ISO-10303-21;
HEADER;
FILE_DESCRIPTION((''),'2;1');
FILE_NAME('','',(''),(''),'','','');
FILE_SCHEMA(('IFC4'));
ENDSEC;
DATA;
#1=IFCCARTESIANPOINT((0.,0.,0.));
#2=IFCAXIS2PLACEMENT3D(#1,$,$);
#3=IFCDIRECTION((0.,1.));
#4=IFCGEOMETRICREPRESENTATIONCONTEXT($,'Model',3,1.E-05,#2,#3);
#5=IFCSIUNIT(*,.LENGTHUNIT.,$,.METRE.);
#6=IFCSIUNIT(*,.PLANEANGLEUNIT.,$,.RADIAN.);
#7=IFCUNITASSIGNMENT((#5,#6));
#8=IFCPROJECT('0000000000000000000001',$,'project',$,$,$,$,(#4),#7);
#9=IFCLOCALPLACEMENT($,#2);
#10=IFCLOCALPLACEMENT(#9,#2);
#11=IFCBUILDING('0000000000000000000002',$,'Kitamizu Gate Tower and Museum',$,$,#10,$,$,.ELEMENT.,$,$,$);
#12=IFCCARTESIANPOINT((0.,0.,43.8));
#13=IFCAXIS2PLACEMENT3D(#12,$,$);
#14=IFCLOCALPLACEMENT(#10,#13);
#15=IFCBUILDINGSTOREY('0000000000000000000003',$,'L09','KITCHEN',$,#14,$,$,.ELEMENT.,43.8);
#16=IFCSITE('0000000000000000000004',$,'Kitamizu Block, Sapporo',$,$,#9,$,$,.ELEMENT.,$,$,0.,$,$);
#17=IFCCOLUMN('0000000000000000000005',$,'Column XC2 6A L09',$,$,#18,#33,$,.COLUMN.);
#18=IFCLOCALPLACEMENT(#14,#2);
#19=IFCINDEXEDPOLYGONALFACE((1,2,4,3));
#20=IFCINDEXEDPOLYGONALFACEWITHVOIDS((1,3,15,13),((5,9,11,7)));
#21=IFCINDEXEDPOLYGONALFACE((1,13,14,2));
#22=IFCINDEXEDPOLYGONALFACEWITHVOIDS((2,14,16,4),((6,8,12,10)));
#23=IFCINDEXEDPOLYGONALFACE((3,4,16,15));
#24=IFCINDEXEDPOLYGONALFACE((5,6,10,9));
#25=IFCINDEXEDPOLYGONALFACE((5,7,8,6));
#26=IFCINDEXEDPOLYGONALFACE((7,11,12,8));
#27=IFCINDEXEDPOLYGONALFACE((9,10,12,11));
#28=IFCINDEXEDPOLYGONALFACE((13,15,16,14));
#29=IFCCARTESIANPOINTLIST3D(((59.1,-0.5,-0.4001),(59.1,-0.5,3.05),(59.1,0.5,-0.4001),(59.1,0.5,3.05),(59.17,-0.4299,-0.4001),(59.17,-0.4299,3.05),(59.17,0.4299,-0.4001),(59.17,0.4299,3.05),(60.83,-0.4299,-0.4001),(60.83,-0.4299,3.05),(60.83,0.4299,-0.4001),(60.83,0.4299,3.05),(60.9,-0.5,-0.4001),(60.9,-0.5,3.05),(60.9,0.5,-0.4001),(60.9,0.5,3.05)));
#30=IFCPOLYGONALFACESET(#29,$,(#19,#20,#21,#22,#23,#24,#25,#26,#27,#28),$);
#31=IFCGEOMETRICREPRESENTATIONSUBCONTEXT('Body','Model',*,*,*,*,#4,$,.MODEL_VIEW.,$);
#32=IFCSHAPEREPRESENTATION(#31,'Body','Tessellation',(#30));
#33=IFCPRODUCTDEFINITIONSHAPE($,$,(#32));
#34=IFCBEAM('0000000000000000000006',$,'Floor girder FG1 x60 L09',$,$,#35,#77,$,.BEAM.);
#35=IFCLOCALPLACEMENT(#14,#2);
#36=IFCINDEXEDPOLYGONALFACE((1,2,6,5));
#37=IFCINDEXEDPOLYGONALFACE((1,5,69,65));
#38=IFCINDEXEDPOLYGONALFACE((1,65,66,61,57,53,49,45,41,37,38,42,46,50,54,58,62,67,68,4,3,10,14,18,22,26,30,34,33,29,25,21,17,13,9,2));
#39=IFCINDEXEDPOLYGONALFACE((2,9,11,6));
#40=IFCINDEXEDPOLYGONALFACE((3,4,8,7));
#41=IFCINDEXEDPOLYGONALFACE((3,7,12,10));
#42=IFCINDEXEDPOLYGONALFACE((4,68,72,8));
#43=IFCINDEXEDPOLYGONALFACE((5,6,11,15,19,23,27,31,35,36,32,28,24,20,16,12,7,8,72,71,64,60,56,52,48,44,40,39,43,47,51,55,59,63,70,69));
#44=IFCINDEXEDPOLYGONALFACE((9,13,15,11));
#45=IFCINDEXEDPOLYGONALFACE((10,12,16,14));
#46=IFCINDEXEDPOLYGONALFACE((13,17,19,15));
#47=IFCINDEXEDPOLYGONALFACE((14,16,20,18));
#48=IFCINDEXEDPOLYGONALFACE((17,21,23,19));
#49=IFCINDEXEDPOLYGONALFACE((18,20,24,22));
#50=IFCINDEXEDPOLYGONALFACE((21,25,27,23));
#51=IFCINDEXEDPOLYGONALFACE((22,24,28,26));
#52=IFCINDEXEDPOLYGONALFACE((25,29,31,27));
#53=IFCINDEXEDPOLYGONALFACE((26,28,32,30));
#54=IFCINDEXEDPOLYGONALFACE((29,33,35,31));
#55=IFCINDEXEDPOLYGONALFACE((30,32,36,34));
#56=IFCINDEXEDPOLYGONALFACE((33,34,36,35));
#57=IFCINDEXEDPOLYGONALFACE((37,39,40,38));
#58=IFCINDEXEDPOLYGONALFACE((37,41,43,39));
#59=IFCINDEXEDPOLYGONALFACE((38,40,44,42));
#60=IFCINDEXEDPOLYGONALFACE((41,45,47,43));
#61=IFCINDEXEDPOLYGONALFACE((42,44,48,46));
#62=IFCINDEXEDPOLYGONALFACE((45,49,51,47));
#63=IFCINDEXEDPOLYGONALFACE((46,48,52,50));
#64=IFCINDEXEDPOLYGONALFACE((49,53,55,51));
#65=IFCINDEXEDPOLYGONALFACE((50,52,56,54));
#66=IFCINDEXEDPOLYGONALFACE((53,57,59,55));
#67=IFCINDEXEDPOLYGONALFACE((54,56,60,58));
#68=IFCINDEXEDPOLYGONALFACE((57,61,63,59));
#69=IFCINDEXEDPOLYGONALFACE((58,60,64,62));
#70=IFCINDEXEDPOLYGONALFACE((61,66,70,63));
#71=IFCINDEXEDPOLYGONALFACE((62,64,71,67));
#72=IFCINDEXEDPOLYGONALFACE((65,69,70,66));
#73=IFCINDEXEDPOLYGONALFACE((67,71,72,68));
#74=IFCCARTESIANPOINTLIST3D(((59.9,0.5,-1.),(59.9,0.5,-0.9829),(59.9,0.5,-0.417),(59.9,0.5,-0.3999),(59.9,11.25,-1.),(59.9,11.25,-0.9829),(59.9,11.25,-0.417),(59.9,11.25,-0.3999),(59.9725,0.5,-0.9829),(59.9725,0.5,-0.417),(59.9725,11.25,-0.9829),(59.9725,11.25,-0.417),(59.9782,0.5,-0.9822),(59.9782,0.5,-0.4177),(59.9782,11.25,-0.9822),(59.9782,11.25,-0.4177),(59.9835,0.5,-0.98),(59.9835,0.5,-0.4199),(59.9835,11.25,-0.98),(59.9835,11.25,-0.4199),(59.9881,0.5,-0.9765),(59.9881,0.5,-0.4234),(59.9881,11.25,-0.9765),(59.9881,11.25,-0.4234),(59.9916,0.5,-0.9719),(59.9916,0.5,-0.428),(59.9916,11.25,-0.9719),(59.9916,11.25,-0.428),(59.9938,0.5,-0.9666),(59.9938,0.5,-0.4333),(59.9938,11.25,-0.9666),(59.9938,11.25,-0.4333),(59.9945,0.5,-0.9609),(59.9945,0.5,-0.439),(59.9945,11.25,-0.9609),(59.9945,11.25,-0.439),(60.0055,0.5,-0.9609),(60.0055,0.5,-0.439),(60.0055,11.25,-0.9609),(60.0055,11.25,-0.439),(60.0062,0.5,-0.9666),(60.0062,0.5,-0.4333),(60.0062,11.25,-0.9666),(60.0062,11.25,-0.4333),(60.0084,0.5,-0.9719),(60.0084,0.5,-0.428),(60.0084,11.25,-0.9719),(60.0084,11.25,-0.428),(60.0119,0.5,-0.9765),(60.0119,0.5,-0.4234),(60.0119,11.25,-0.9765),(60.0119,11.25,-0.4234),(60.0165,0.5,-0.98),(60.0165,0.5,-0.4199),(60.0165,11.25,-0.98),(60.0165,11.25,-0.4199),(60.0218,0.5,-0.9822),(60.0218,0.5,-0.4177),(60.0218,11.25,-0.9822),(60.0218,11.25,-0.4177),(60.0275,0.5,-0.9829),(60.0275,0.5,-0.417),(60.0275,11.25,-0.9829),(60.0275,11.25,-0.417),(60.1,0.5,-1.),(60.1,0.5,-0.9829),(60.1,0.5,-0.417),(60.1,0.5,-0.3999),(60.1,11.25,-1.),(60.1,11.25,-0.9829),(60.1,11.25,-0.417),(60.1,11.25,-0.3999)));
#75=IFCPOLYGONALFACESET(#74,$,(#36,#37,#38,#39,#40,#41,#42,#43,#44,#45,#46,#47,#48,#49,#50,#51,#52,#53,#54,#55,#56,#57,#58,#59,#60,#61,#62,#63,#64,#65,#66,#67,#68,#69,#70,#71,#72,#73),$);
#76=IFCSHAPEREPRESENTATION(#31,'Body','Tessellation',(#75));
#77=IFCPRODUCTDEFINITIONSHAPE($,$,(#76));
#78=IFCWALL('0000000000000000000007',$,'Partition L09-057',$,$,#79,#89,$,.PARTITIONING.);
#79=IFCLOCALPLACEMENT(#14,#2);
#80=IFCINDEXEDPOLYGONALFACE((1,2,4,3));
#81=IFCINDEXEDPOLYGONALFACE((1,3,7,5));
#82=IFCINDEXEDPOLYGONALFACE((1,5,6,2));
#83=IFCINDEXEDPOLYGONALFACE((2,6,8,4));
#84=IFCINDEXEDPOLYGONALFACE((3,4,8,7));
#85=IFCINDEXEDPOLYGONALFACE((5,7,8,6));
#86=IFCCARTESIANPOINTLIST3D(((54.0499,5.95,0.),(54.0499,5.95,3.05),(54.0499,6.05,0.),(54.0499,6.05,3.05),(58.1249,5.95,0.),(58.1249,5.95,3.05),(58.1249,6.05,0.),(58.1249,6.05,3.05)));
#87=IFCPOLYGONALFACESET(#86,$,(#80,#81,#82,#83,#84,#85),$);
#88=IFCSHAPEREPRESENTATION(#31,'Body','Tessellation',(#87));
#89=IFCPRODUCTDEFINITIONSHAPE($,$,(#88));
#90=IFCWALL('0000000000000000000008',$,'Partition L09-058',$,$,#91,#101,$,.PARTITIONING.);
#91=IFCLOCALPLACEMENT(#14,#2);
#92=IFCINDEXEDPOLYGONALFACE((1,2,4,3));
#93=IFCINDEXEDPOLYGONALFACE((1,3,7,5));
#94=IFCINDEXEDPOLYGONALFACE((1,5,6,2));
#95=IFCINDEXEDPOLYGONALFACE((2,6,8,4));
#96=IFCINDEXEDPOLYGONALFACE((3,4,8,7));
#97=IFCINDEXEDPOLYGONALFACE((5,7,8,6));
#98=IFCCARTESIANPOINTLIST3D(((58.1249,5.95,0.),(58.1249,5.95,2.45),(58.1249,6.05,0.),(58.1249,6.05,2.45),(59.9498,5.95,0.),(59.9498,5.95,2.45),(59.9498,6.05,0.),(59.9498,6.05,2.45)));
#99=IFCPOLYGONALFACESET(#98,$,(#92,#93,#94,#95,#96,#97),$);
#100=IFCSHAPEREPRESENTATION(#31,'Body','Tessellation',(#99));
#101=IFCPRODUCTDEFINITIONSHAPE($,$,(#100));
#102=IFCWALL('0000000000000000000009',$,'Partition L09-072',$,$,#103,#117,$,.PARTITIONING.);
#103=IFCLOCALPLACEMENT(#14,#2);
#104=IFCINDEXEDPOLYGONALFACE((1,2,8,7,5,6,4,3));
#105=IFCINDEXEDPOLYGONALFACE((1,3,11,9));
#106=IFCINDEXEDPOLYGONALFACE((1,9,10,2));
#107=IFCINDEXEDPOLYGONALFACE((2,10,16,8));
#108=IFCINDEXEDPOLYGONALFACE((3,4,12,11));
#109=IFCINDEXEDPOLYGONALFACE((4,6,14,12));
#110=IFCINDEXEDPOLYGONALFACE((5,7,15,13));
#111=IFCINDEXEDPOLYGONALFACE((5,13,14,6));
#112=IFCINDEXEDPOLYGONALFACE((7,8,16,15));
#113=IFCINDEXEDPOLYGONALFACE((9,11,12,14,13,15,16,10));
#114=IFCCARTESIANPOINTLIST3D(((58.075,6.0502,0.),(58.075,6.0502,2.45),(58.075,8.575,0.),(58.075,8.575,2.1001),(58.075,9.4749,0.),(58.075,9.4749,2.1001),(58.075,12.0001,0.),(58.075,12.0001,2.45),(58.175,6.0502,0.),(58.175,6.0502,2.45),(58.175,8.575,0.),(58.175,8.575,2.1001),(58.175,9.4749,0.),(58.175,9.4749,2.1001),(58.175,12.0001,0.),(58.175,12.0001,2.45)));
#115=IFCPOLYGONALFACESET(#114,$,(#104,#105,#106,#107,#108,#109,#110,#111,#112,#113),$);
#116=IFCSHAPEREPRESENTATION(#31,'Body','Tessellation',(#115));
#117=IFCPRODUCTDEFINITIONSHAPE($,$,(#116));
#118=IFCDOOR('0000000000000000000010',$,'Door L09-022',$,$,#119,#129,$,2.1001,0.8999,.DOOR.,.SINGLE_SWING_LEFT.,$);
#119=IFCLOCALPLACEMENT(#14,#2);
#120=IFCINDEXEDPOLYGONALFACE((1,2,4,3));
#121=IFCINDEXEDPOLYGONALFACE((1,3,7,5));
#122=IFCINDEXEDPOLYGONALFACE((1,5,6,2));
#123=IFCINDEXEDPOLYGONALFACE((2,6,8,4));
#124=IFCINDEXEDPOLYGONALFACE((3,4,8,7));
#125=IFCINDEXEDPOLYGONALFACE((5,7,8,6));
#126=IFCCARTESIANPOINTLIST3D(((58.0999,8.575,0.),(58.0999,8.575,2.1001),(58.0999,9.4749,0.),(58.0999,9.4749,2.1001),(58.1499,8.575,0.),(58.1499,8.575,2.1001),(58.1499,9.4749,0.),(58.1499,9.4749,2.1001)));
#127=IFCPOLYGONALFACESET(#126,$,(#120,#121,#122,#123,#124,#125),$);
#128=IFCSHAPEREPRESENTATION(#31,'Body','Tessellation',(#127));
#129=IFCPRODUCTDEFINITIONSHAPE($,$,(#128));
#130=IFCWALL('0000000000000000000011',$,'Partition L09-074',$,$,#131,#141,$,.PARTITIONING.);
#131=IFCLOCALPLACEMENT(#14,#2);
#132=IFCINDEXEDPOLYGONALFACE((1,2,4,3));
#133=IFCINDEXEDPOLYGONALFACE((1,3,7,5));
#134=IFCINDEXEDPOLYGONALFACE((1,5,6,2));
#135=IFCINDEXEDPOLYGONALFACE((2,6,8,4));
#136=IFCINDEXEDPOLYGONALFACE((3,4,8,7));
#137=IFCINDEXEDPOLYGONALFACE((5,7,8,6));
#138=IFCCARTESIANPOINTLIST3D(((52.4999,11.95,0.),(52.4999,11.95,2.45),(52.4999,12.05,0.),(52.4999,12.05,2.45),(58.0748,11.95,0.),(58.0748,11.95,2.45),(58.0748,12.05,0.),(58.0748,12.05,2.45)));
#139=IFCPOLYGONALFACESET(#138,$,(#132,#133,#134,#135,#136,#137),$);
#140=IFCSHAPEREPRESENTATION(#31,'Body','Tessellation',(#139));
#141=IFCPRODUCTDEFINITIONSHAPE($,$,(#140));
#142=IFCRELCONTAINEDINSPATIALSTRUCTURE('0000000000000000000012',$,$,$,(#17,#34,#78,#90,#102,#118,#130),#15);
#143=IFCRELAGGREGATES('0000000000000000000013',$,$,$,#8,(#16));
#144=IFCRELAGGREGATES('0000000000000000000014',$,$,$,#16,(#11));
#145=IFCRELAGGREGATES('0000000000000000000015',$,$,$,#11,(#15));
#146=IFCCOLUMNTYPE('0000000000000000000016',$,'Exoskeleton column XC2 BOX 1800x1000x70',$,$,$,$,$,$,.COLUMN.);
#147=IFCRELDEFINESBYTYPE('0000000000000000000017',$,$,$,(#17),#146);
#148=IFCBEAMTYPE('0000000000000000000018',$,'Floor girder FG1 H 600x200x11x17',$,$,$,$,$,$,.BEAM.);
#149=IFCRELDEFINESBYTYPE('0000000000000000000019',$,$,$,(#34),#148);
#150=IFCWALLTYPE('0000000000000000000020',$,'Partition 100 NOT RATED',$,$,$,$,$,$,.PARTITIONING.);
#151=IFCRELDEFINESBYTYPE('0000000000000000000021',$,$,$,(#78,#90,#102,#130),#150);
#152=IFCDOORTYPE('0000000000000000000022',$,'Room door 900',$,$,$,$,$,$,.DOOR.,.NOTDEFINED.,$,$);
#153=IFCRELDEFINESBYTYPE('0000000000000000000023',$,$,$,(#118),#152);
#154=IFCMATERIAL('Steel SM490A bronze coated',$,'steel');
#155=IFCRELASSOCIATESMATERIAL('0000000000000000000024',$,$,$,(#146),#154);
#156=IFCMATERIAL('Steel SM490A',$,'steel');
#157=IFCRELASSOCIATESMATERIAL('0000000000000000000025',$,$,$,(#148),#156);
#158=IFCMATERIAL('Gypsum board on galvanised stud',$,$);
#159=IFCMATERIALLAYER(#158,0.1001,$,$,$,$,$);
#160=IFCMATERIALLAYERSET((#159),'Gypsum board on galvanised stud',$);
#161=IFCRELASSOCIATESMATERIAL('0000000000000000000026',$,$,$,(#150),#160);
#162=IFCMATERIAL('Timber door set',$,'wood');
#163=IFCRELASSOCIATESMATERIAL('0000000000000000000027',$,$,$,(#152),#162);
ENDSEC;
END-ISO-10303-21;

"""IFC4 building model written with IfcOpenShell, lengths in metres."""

from ifc_helpers import new_model, si_unit, direction, frame, frame_2d, origin, origin_2d, place, context, subcontext, project, spatial, rectangle, hollow_rectangle, i_section, extrude, material, layer, layer_set, material_profile, profile_set, type_object, element, fill, save


model = new_model("IFC4")

# Units and contexts
model_context = context("Model", 3, precision=1e-05, world=origin(), true_north=direction((0.0, 1.0)))
body_context = subcontext(model_context, "Body", "Model", "MODEL_VIEW")
ifc_project = project(units=[si_unit("LENGTHUNIT", "METRE"), si_unit("PLANEANGLEUNIT", "RADIAN")], contexts=[model_context])

# Site, building, storey
site_placement = place(None, origin())
site = spatial("IfcSite", under=ifc_project, at=site_placement, Name="Kitamizu Block, Sapporo", CompositionType="ELEMENT", RefElevation=0.0)
building_placement = place(site_placement, origin())
building = spatial("IfcBuilding", under=site, at=building_placement, Name="Kitamizu Gate Tower and Museum", CompositionType="ELEMENT")
storey_placement = place(building_placement, frame((0.0, 0.0, 43.8)))
storey = spatial("IfcBuildingStorey", under=building, at=storey_placement, Name="L09", Description="KITCHEN", CompositionType="ELEMENT", Elevation=43.8)

# Column
ifc_material_1 = material(Name="Steel SM490A bronze coated", Category="steel")
ifc_material_profile_1 = material_profile(ifc_material_1, hollow_rectangle(XDim=1.8, YDim=1.0, WallThickness=0.0701, at=origin_2d()), Name="BOX 1800x1000x70")
ifc_profile_set_1 = profile_set([ifc_material_profile_1], Name="Steel SM490A bronze coated")
column_type = type_object("IfcColumnType", Name="Exoskeleton column XC2 BOX 1800x1000x70", PredefinedType="COLUMN", material=ifc_profile_set_1)
column_placement = place(storey_placement, frame((60.0, 0.0, -0.4001), z_axis=(0.0, 0.0, 1.0), x_axis=(1.0, 0.0, 0.0)))
element("IfcColumn", 1, at=column_placement, inside=storey, type_object=column_type, Name="Column XC2 6A L09", PredefinedType="COLUMN", context=body_context, shape_type="SweptSolid", body=[
    extrude(hollow_rectangle(XDim=1.8, YDim=1.0, WallThickness=0.0701, at=origin_2d()), origin(), (0.0, 0.0, 1.0), 3.4502),
])

# Beam
ifc_material_2 = material(Name="Steel SM490A", Category="steel")
ifc_material_profile_2 = material_profile(ifc_material_2, i_section(OverallWidth=0.2, OverallDepth=0.6001, WebThickness=0.011, FlangeThickness=0.0171, FilletRadius=0.022, at=origin_2d()), Name="H-600x200x11x17")
ifc_profile_set_2 = profile_set([ifc_material_profile_2], Name="Steel SM490A")
beam_type = type_object("IfcBeamType", Name="Floor girder FG1 H 600x200x11x17", PredefinedType="BEAM", material=ifc_profile_set_2)
beam_placement = place(storey_placement, frame((60.0, 0.5, -0.7), z_axis=(0.0, 1.0, 0.0), x_axis=(-1.0, 0.0, 0.0)))
element("IfcBeam", 2, at=beam_placement, inside=storey, type_object=beam_type, Name="Floor girder FG1 x60 L09", PredefinedType="BEAM", context=body_context, shape_type="SweptSolid", body=[
    extrude(i_section(OverallWidth=0.2, OverallDepth=0.6001, WebThickness=0.011, FlangeThickness=0.0171, FilletRadius=0.022, at=origin_2d()), origin(), (0.0, 0.0, 1.0), 10.75),
])

# Walls
ifc_material_3 = material(Name="Gypsum board on galvanised stud")
ifc_layer = layer(ifc_material_3, 0.1001)
ifc_layer_set = layer_set([ifc_layer], Name="Gypsum board on galvanised stud")
wall_type = type_object("IfcWallType", Name="Partition 100 NOT RATED", PredefinedType="PARTITIONING", material=ifc_layer_set)
wall_1_placement = place(storey_placement, frame((58.125, 6.0, 0.0), z_axis=(0.0, 0.0, 1.0), x_axis=(-1.0, 0.0, 0.0)))
element("IfcWall", 3, at=wall_1_placement, inside=storey, type_object=wall_type, Name="Partition L09-057", PredefinedType="PARTITIONING", context=body_context, shape_type="SweptSolid", body=[
    extrude(rectangle(XDim=4.075, YDim=0.1001, at=frame_2d((2.0376, 0.0))), origin(), (0.0, 0.0, 1.0), 3.05),
])
wall_2_placement = place(storey_placement, frame((59.95, 6.0, 0.0), z_axis=(0.0, 0.0, 1.0), x_axis=(-1.0, 0.0, 0.0)))
element("IfcWall", 4, at=wall_2_placement, inside=storey, type_object=wall_type, Name="Partition L09-058", PredefinedType="PARTITIONING", context=body_context, shape_type="SweptSolid", body=[
    extrude(rectangle(XDim=1.825, YDim=0.1001, at=frame_2d((0.9126, 0.0))), origin(), (0.0, 0.0, 1.0), 2.45),
])

# Wall, opening, door
wall_3_placement = place(storey_placement, frame((58.125, 6.05, 0.0), z_axis=(0.0, 0.0, 1.0), x_axis=(0.0, 1.0, 0.0)))
wall_3 = element("IfcWall", 5, at=wall_3_placement, inside=storey, type_object=wall_type, Name="Partition L09-072", PredefinedType="PARTITIONING", context=body_context, shape_type="SweptSolid", body=[
    extrude(rectangle(XDim=5.95, YDim=0.1001, at=frame_2d((2.9751, 0.0))), origin(), (0.0, 0.0, 1.0), 2.45),
])
opening_placement = place(wall_3_placement, frame((2.5249, 0.0, 0.0)))
opening = element("IfcOpeningElement", 6, at=opening_placement, cuts=wall_3, PredefinedType="OPENING", context=body_context, shape_type="SweptSolid", body=[
    extrude(rectangle(XDim=0.8999, YDim=2.1001, at=frame_2d((0.45, 1.05))), frame((0.0, 0.0601, 0.0), z_axis=(0.0, -1.0, 0.0), x_axis=(1.0, 0.0, 0.0)), (0.0, 0.0, 1.0), 0.1201),
])
ifc_material_4 = material(Name="Timber door set", Category="wood")
door_type = type_object("IfcDoorType", Name="Room door 900", OperationType="NOTDEFINED", PredefinedType="DOOR", material=ifc_material_4)
door_placement = place(opening_placement, frame((0.8999, 0.0, 0.0), x_axis=(-1.0, 0.0, 0.0)))
door = element("IfcDoor", 7, at=door_placement, inside=storey, type_object=door_type, Name="Door L09-022", OperationType="SINGLE_SWING_LEFT", OverallHeight=2.1001, OverallWidth=0.8999, PredefinedType="DOOR", context=body_context, shape_type="SweptSolid", body=[
    extrude(rectangle(XDim=0.8999, YDim=2.1001, at=frame_2d((0.45, 1.05))), frame((0.0, 0.0249, 0.0), z_axis=(0.0, -1.0, 0.0), x_axis=(1.0, 0.0, 0.0)), (0.0, 0.0, 1.0), 0.05),
])
fill(opening, door)

# Wall
wall_4_placement = place(storey_placement, frame((58.075, 12.0, 0.0), z_axis=(0.0, 0.0, 1.0), x_axis=(-1.0, 0.0, 0.0)))
element("IfcWall", 8, at=wall_4_placement, inside=storey, type_object=wall_type, Name="Partition L09-074", PredefinedType="PARTITIONING", context=body_context, shape_type="SweptSolid", body=[
    extrude(rectangle(XDim=5.575, YDim=0.1001, at=frame_2d((2.7876, 0.0))), origin(), (0.0, 0.0, 1.0), 2.45),
])

save(model, "model.ifc")
